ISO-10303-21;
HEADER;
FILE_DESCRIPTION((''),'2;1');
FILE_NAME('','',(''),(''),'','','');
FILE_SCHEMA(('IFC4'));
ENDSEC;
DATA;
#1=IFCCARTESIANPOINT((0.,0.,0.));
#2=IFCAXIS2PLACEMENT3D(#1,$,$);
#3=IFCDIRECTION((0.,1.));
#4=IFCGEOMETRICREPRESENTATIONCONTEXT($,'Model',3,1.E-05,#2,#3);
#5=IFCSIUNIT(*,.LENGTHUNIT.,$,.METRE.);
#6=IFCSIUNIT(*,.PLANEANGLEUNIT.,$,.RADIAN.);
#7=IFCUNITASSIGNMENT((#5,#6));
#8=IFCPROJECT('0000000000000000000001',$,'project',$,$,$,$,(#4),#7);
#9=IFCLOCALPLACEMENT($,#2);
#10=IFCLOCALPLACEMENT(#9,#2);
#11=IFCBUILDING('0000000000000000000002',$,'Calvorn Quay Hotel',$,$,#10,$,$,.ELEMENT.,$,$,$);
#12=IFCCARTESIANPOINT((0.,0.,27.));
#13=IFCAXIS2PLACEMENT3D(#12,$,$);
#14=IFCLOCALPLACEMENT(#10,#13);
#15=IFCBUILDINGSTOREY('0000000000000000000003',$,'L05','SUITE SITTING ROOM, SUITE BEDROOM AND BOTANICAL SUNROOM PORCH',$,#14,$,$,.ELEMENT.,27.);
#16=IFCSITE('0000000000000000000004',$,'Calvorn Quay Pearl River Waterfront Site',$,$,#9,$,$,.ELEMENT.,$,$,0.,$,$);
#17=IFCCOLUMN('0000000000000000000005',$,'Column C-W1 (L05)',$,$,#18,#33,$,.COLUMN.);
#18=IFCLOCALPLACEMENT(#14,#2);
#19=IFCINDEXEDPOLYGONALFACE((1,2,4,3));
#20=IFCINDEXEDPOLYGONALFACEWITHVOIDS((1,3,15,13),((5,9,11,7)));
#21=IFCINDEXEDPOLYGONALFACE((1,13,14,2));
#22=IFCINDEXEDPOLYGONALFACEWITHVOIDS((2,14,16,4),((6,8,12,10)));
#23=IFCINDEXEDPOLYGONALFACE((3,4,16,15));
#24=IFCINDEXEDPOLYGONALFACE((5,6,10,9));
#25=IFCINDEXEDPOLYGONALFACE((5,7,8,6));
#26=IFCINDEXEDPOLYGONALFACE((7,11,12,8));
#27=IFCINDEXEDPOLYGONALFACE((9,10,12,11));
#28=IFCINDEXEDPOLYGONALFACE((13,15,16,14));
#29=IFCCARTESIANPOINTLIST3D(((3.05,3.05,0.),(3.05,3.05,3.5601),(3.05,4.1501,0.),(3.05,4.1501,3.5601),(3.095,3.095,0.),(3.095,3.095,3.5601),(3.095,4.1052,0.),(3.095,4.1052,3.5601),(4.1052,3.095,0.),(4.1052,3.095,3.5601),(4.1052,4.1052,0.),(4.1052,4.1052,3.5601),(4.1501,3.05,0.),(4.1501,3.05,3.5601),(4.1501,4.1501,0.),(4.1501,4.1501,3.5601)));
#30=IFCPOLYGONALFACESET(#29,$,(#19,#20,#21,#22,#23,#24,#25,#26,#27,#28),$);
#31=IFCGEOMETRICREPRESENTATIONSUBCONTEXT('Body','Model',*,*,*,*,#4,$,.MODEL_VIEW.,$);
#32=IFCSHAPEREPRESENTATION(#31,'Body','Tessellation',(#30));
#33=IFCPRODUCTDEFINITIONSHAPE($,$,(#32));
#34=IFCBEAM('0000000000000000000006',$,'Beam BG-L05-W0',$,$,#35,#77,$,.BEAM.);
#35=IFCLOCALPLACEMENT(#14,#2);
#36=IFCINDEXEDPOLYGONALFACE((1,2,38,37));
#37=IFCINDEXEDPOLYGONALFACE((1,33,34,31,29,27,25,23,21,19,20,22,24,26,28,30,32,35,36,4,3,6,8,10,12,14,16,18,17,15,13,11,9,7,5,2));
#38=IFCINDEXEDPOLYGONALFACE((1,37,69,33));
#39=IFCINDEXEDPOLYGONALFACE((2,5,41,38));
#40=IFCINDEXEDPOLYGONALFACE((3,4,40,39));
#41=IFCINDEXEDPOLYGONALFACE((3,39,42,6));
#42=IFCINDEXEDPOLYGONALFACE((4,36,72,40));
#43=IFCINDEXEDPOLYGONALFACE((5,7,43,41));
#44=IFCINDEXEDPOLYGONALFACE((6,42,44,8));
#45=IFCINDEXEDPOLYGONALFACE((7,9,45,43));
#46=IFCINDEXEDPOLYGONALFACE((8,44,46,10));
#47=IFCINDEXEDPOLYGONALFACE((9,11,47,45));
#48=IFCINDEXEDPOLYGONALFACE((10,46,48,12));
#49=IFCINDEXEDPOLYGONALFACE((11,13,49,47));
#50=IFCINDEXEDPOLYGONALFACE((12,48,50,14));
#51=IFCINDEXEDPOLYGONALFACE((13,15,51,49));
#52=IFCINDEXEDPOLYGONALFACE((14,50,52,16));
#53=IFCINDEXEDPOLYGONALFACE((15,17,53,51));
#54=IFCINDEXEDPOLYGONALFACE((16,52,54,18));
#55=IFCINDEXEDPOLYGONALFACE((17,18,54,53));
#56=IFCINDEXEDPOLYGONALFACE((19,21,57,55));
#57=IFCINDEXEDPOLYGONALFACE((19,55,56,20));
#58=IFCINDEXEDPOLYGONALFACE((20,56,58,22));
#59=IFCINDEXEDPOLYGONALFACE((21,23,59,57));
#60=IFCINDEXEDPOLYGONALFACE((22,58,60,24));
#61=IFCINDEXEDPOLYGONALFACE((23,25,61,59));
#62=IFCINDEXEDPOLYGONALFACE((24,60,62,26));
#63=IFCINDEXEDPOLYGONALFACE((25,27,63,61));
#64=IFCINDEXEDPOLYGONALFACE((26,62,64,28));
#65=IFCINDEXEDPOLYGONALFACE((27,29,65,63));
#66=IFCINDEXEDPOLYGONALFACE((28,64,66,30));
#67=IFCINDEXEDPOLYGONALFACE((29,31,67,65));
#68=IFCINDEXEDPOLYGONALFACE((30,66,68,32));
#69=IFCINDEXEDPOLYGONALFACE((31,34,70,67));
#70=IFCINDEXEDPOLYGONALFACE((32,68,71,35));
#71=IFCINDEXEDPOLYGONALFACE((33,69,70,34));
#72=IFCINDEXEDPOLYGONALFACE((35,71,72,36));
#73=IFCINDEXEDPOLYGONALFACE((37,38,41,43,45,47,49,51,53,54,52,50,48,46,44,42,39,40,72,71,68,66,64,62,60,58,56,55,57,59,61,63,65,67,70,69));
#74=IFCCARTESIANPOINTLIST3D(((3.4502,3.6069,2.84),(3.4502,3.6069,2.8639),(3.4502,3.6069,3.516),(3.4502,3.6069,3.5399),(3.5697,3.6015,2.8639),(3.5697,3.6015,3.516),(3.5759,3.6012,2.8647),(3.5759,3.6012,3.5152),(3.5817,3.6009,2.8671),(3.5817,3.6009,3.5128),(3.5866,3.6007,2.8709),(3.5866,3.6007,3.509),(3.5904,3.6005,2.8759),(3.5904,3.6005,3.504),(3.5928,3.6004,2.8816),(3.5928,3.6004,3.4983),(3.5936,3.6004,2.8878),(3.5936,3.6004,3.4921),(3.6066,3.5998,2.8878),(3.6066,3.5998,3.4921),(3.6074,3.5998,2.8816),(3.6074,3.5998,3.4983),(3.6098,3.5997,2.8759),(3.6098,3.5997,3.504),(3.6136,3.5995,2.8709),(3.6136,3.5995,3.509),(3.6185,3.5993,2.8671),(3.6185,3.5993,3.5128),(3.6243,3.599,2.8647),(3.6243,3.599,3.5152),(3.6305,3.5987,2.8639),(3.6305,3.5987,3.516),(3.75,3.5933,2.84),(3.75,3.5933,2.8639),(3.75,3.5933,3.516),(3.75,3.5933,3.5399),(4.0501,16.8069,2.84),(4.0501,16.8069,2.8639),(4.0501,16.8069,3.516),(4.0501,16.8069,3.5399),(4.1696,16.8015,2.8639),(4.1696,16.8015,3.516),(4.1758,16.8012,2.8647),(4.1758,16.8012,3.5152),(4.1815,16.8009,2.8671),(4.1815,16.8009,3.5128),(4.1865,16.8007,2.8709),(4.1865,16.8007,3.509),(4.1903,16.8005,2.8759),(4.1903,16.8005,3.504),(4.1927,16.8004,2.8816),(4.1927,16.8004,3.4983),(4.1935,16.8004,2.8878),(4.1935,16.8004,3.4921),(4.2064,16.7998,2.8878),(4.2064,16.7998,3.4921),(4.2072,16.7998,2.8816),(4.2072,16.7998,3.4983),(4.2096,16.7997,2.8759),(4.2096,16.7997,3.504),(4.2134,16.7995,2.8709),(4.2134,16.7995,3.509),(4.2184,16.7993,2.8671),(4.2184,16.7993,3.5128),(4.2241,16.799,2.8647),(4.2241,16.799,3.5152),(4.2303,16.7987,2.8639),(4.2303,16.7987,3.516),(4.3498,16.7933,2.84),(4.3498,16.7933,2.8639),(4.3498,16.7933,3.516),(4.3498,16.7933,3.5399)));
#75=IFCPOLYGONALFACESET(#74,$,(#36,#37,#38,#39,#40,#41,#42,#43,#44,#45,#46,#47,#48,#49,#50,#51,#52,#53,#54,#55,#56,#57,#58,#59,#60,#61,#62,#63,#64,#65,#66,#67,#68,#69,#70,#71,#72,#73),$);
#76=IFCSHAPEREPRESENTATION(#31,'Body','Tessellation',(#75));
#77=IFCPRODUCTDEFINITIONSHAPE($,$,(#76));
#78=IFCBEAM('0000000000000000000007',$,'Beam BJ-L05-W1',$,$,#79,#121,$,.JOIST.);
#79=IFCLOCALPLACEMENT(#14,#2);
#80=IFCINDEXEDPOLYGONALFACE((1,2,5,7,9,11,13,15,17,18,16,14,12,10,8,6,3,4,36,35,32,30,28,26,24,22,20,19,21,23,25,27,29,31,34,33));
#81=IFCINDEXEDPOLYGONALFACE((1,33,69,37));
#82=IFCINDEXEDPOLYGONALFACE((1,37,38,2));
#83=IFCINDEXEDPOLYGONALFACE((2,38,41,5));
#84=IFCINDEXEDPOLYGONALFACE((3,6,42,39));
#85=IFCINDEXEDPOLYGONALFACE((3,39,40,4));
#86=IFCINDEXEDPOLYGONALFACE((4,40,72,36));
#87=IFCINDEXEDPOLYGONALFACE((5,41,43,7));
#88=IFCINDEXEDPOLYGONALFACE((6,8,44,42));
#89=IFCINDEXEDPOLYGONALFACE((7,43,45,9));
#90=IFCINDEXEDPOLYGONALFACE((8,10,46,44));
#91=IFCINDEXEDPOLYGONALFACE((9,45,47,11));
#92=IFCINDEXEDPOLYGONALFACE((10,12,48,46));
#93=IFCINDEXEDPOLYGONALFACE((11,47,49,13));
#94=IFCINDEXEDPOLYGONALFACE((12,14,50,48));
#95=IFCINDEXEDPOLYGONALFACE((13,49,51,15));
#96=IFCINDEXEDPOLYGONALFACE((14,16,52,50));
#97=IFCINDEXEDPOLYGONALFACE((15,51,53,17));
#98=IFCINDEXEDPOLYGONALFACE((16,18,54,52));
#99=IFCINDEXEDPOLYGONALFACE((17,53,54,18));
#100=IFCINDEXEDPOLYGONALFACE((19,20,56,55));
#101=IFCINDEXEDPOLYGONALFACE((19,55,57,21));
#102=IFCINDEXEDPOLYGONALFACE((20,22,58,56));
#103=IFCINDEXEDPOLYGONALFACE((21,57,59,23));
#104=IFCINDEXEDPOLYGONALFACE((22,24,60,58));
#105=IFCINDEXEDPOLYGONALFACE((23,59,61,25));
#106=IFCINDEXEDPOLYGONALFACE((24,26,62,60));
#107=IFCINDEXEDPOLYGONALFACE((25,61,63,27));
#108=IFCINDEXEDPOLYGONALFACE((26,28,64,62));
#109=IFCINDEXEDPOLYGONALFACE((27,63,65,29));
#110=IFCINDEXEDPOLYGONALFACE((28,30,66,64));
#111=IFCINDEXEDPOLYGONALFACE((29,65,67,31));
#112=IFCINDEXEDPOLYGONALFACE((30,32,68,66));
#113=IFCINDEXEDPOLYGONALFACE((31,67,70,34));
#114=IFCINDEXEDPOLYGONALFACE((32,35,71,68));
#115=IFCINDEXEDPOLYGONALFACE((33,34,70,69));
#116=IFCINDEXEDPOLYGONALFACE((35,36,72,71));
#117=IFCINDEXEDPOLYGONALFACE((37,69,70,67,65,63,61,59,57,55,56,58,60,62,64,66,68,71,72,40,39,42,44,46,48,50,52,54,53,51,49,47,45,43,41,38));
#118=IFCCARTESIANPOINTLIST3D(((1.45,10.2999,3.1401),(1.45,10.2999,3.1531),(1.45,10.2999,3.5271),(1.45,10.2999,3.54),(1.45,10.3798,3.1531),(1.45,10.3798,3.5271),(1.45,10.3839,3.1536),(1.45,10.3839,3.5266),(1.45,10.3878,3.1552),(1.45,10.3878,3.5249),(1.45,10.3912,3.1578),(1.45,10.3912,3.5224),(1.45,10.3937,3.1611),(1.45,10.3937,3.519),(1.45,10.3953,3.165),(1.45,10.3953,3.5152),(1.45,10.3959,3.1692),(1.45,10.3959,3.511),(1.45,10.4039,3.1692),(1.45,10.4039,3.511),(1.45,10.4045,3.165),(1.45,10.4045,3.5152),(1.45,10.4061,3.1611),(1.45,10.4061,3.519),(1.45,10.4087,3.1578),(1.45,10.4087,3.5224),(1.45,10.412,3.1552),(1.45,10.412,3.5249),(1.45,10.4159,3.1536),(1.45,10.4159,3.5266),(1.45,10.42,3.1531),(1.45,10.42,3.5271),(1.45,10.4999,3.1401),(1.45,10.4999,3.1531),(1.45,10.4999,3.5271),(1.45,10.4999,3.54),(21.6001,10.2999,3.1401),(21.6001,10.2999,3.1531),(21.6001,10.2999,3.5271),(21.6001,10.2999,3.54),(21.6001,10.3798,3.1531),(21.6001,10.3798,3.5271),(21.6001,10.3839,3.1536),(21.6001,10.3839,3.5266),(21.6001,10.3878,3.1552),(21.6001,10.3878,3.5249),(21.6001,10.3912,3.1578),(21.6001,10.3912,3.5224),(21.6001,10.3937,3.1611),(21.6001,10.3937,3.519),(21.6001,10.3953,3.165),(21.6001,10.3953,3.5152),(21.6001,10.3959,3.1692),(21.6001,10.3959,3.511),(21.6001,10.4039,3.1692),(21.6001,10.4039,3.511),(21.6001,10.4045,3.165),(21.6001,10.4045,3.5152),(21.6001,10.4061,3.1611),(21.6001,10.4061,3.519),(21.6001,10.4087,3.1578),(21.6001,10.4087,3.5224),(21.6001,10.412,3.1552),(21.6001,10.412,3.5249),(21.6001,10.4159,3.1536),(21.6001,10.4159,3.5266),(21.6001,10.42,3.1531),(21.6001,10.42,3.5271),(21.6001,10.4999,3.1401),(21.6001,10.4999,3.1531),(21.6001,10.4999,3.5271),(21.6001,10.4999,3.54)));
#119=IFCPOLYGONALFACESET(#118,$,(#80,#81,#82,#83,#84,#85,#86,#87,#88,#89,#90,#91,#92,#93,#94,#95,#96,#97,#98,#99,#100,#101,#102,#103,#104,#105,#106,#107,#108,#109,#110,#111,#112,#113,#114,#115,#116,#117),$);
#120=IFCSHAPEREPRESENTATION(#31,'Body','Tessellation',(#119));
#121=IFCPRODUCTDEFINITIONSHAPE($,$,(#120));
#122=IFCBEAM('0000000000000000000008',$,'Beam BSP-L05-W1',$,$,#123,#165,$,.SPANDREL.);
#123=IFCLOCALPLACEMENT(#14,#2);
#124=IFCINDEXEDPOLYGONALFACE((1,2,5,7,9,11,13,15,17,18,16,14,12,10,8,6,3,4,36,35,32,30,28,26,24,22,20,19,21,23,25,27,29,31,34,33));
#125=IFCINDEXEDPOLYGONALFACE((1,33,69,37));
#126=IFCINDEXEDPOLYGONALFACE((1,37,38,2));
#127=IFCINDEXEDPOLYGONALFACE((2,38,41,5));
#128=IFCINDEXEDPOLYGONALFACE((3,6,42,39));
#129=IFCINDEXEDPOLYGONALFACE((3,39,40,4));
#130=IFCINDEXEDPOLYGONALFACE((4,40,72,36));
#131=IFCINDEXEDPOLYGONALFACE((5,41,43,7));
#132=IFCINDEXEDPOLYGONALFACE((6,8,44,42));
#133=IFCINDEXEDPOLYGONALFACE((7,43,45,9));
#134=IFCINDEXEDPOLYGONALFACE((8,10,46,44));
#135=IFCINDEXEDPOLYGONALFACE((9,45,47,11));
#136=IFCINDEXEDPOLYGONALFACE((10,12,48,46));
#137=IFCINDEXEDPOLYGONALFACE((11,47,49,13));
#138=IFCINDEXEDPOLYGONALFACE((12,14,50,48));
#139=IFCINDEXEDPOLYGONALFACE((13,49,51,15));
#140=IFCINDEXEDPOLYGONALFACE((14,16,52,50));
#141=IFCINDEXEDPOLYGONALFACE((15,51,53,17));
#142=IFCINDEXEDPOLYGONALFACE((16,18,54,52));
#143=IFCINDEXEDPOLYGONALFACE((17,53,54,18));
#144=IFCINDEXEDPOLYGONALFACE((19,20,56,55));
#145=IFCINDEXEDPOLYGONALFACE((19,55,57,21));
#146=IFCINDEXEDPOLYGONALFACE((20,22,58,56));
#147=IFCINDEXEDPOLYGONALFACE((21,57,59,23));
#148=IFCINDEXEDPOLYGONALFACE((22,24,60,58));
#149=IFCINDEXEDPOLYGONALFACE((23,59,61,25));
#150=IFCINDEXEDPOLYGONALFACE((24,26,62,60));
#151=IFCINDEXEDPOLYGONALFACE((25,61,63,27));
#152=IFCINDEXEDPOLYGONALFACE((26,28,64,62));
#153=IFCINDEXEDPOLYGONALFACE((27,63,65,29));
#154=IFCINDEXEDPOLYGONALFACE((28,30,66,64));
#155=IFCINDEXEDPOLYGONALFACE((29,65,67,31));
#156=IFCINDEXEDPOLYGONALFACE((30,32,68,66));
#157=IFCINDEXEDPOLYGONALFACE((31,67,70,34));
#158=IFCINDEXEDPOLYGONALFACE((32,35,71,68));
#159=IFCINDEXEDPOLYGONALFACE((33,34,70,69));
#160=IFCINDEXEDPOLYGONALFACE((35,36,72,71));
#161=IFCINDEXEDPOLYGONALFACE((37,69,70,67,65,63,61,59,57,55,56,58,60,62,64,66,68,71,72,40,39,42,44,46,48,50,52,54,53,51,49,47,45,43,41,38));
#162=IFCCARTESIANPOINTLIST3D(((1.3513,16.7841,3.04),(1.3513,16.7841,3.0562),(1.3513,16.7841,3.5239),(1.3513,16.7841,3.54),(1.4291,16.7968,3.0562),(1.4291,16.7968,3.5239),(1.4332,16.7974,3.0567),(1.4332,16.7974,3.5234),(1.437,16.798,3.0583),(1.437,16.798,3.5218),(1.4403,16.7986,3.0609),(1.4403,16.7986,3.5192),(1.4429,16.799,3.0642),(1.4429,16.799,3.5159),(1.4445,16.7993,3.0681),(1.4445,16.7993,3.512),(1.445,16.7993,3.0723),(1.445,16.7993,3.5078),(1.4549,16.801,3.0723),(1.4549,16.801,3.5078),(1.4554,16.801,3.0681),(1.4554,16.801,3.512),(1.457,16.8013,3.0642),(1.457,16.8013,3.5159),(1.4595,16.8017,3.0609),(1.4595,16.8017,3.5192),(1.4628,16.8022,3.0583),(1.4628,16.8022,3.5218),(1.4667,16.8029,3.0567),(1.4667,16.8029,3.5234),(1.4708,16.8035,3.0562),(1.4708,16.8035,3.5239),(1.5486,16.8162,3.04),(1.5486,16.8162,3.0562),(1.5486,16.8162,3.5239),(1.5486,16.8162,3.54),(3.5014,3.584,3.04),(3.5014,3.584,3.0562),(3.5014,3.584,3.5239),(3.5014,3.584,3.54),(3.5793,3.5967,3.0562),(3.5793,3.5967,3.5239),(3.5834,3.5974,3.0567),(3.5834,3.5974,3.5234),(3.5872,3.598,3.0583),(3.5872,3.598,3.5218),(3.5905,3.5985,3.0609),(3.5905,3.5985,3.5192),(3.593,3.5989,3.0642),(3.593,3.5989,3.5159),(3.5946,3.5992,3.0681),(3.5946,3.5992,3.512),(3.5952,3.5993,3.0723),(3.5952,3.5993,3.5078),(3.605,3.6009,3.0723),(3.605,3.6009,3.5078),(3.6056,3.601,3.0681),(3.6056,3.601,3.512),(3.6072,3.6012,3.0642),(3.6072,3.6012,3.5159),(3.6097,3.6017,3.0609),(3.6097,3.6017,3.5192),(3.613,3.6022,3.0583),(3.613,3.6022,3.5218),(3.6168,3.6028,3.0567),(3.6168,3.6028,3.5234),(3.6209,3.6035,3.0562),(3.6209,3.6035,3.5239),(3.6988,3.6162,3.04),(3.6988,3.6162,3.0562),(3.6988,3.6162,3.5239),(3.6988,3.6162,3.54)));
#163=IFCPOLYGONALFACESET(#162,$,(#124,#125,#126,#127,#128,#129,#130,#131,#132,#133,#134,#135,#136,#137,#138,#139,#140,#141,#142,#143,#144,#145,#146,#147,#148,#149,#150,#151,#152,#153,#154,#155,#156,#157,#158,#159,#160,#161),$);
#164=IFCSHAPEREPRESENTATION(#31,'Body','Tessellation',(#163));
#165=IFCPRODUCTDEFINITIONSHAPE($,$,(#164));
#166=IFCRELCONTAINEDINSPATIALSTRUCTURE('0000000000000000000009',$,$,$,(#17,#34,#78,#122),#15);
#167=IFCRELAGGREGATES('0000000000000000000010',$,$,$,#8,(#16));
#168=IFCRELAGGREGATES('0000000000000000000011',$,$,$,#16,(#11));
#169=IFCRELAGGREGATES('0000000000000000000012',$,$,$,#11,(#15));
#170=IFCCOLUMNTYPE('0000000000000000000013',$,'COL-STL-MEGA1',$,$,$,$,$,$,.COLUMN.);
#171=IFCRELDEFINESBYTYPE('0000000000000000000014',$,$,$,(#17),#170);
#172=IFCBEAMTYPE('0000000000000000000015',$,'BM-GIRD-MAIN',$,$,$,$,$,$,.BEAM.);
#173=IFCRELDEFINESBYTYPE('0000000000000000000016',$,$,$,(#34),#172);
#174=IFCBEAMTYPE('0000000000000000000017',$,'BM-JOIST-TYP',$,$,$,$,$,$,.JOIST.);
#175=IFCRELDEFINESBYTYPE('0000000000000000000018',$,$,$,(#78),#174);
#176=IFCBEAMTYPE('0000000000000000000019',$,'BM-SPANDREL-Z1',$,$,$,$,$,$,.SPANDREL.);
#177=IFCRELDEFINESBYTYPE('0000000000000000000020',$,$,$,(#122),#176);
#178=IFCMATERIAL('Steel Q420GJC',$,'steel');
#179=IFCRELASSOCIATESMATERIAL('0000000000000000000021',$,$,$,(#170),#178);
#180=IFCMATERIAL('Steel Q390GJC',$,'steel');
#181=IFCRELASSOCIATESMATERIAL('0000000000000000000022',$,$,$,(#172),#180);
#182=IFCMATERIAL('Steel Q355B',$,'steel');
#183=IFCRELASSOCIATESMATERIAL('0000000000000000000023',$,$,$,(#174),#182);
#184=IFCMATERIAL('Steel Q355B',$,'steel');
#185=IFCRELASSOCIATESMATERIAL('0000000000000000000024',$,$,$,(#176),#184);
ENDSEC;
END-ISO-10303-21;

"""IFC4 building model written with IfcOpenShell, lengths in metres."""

from ifc_helpers import new_model, si_unit, direction, frame, origin, origin_2d, place, context, subcontext, project, spatial, hollow_rectangle, i_section, extrude, material, material_profile, profile_set, type_object, element, save


model = new_model("IFC4")

# Units and contexts
model_context = context("Model", 3, precision=1e-05, world=origin(), true_north=direction((0.0, 1.0)))
body_context = subcontext(model_context, "Body", "Model", "MODEL_VIEW")
ifc_project = project(units=[si_unit("LENGTHUNIT", "METRE"), si_unit("PLANEANGLEUNIT", "RADIAN")], contexts=[model_context])

# Site, building, storey
site_placement = place(None, origin())
site = spatial("IfcSite", under=ifc_project, at=site_placement, Name="Calvorn Quay Pearl River Waterfront Site", CompositionType="ELEMENT", RefElevation=0.0)
building_placement = place(site_placement, origin())
building = spatial("IfcBuilding", under=site, at=building_placement, Name="Calvorn Quay Hotel", CompositionType="ELEMENT")
storey_placement = place(building_placement, frame((0.0, 0.0, 27.0)))
storey = spatial("IfcBuildingStorey", under=building, at=storey_placement, Name="L05", Description="SUITE SITTING ROOM, SUITE BEDROOM AND BOTANICAL SUNROOM PORCH", CompositionType="ELEMENT", Elevation=27.0)

# Column
ifc_material_1 = material(Name="Steel Q420GJC", Category="steel")
ifc_material_profile_1 = material_profile(ifc_material_1, hollow_rectangle(XDim=1.1001, YDim=1.1001, WallThickness=0.0449, at=origin_2d()), Name="BOX1100x1100x45")
ifc_profile_set_1 = profile_set([ifc_material_profile_1], Name="Steel Q420GJC")
column_type = type_object("IfcColumnType", Name="COL-STL-MEGA1", PredefinedType="COLUMN", material=ifc_profile_set_1)
column_placement = place(storey_placement, frame((3.6001, 3.6001, 0.0), z_axis=(0.0, 0.0, 1.0), x_axis=(1.0, 0.0, 0.0)))
element("IfcColumn", 1, at=column_placement, inside=storey, type_object=column_type, Name="Column C-W1 (L05)", PredefinedType="COLUMN", context=body_context, shape_type="SweptSolid", body=[
    extrude(hollow_rectangle(XDim=1.1001, YDim=1.1001, WallThickness=0.0449, at=origin_2d()), origin(), (0.0, 0.0, 1.0), 3.5601),
])

# Beams
ifc_material_2 = material(Name="Steel Q390GJC", Category="steel")
ifc_material_profile_2 = material_profile(ifc_material_2, i_section(OverallWidth=0.3, OverallDepth=0.7, WebThickness=0.0129, FlangeThickness=0.0239, FilletRadius=0.0239, at=origin_2d()), Name="HN700x300x13x24")
ifc_profile_set_2 = profile_set([ifc_material_profile_2], Name="Steel Q390GJC")
beam_type_1 = type_object("IfcBeamType", Name="BM-GIRD-MAIN", PredefinedType="BEAM", material=ifc_profile_set_2)
beam_1_placement = place(storey_placement, frame((3.6001, 3.6001, 3.1899), z_axis=(0.045397, 0.998969, 0.0), x_axis=(-0.998969, 0.045397, 0.0)))
element("IfcBeam", 2, at=beam_1_placement, inside=storey, type_object=beam_type_1, Name="Beam BG-L05-W0", PredefinedType="BEAM", context=body_context, shape_type="SweptSolid", body=[
    extrude(i_section(OverallWidth=0.3, OverallDepth=0.7, WebThickness=0.0129, FlangeThickness=0.0239, FilletRadius=0.0239, at=origin_2d()), origin(), (0.0, 0.0, 1.0), 13.2136),
])
ifc_material_3 = material(Name="Steel Q355B", Category="steel")
ifc_material_profile_3 = material_profile(ifc_material_3, i_section(OverallWidth=0.2, OverallDepth=0.3999, WebThickness=0.0081, FlangeThickness=0.0129, FilletRadius=0.0161, at=origin_2d()), Name="HN400x200x8x13")
ifc_profile_set_3 = profile_set([ifc_material_profile_3], Name="Steel Q355B")
beam_type_2 = type_object("IfcBeamType", Name="BM-JOIST-TYP", PredefinedType="JOIST", material=ifc_profile_set_3)
beam_2_placement = place(storey_placement, frame((1.45, 10.3999, 3.3401), z_axis=(1.0, 0.0, 0.0), x_axis=(0.0, 1.0, 0.0)))
element("IfcBeam", 3, at=beam_2_placement, inside=storey, type_object=beam_type_2, Name="Beam BJ-L05-W1", PredefinedType="JOIST", context=body_context, shape_type="SweptSolid", body=[
    extrude(i_section(OverallWidth=0.2, OverallDepth=0.3999, WebThickness=0.0081, FlangeThickness=0.0129, FilletRadius=0.0161, at=origin_2d()), origin(), (0.0, 0.0, 1.0), 20.1501),
])
ifc_material_4 = material(Name="Steel Q355B", Category="steel")
ifc_material_profile_4 = material_profile(ifc_material_4, i_section(OverallWidth=0.2, OverallDepth=0.5, WebThickness=0.01, FlangeThickness=0.0161, FilletRadius=0.0161, at=origin_2d()), Name="HN500x200x10x16")
ifc_profile_set_4 = profile_set([ifc_material_profile_4], Name="Steel Q355B")
beam_type_3 = type_object("IfcBeamType", Name="BM-SPANDREL-Z1", PredefinedType="SPANDREL", material=ifc_profile_set_4)
beam_3_placement = place(storey_placement, frame((3.6001, 3.6001, 3.29), z_axis=(-0.160772, 0.986992, 0.0), x_axis=(-0.986992, -0.160772, 0.0)))
element("IfcBeam", 4, at=beam_3_placement, inside=storey, type_object=beam_type_3, Name="Beam BSP-L05-W1", PredefinedType="SPANDREL", context=body_context, shape_type="SweptSolid", body=[
    extrude(i_section(OverallWidth=0.2, OverallDepth=0.5, WebThickness=0.01, FlangeThickness=0.0161, FilletRadius=0.0161, at=origin_2d()), origin(), (0.0, 0.0, 1.0), 13.374),
])

save(model, "model.ifc")
